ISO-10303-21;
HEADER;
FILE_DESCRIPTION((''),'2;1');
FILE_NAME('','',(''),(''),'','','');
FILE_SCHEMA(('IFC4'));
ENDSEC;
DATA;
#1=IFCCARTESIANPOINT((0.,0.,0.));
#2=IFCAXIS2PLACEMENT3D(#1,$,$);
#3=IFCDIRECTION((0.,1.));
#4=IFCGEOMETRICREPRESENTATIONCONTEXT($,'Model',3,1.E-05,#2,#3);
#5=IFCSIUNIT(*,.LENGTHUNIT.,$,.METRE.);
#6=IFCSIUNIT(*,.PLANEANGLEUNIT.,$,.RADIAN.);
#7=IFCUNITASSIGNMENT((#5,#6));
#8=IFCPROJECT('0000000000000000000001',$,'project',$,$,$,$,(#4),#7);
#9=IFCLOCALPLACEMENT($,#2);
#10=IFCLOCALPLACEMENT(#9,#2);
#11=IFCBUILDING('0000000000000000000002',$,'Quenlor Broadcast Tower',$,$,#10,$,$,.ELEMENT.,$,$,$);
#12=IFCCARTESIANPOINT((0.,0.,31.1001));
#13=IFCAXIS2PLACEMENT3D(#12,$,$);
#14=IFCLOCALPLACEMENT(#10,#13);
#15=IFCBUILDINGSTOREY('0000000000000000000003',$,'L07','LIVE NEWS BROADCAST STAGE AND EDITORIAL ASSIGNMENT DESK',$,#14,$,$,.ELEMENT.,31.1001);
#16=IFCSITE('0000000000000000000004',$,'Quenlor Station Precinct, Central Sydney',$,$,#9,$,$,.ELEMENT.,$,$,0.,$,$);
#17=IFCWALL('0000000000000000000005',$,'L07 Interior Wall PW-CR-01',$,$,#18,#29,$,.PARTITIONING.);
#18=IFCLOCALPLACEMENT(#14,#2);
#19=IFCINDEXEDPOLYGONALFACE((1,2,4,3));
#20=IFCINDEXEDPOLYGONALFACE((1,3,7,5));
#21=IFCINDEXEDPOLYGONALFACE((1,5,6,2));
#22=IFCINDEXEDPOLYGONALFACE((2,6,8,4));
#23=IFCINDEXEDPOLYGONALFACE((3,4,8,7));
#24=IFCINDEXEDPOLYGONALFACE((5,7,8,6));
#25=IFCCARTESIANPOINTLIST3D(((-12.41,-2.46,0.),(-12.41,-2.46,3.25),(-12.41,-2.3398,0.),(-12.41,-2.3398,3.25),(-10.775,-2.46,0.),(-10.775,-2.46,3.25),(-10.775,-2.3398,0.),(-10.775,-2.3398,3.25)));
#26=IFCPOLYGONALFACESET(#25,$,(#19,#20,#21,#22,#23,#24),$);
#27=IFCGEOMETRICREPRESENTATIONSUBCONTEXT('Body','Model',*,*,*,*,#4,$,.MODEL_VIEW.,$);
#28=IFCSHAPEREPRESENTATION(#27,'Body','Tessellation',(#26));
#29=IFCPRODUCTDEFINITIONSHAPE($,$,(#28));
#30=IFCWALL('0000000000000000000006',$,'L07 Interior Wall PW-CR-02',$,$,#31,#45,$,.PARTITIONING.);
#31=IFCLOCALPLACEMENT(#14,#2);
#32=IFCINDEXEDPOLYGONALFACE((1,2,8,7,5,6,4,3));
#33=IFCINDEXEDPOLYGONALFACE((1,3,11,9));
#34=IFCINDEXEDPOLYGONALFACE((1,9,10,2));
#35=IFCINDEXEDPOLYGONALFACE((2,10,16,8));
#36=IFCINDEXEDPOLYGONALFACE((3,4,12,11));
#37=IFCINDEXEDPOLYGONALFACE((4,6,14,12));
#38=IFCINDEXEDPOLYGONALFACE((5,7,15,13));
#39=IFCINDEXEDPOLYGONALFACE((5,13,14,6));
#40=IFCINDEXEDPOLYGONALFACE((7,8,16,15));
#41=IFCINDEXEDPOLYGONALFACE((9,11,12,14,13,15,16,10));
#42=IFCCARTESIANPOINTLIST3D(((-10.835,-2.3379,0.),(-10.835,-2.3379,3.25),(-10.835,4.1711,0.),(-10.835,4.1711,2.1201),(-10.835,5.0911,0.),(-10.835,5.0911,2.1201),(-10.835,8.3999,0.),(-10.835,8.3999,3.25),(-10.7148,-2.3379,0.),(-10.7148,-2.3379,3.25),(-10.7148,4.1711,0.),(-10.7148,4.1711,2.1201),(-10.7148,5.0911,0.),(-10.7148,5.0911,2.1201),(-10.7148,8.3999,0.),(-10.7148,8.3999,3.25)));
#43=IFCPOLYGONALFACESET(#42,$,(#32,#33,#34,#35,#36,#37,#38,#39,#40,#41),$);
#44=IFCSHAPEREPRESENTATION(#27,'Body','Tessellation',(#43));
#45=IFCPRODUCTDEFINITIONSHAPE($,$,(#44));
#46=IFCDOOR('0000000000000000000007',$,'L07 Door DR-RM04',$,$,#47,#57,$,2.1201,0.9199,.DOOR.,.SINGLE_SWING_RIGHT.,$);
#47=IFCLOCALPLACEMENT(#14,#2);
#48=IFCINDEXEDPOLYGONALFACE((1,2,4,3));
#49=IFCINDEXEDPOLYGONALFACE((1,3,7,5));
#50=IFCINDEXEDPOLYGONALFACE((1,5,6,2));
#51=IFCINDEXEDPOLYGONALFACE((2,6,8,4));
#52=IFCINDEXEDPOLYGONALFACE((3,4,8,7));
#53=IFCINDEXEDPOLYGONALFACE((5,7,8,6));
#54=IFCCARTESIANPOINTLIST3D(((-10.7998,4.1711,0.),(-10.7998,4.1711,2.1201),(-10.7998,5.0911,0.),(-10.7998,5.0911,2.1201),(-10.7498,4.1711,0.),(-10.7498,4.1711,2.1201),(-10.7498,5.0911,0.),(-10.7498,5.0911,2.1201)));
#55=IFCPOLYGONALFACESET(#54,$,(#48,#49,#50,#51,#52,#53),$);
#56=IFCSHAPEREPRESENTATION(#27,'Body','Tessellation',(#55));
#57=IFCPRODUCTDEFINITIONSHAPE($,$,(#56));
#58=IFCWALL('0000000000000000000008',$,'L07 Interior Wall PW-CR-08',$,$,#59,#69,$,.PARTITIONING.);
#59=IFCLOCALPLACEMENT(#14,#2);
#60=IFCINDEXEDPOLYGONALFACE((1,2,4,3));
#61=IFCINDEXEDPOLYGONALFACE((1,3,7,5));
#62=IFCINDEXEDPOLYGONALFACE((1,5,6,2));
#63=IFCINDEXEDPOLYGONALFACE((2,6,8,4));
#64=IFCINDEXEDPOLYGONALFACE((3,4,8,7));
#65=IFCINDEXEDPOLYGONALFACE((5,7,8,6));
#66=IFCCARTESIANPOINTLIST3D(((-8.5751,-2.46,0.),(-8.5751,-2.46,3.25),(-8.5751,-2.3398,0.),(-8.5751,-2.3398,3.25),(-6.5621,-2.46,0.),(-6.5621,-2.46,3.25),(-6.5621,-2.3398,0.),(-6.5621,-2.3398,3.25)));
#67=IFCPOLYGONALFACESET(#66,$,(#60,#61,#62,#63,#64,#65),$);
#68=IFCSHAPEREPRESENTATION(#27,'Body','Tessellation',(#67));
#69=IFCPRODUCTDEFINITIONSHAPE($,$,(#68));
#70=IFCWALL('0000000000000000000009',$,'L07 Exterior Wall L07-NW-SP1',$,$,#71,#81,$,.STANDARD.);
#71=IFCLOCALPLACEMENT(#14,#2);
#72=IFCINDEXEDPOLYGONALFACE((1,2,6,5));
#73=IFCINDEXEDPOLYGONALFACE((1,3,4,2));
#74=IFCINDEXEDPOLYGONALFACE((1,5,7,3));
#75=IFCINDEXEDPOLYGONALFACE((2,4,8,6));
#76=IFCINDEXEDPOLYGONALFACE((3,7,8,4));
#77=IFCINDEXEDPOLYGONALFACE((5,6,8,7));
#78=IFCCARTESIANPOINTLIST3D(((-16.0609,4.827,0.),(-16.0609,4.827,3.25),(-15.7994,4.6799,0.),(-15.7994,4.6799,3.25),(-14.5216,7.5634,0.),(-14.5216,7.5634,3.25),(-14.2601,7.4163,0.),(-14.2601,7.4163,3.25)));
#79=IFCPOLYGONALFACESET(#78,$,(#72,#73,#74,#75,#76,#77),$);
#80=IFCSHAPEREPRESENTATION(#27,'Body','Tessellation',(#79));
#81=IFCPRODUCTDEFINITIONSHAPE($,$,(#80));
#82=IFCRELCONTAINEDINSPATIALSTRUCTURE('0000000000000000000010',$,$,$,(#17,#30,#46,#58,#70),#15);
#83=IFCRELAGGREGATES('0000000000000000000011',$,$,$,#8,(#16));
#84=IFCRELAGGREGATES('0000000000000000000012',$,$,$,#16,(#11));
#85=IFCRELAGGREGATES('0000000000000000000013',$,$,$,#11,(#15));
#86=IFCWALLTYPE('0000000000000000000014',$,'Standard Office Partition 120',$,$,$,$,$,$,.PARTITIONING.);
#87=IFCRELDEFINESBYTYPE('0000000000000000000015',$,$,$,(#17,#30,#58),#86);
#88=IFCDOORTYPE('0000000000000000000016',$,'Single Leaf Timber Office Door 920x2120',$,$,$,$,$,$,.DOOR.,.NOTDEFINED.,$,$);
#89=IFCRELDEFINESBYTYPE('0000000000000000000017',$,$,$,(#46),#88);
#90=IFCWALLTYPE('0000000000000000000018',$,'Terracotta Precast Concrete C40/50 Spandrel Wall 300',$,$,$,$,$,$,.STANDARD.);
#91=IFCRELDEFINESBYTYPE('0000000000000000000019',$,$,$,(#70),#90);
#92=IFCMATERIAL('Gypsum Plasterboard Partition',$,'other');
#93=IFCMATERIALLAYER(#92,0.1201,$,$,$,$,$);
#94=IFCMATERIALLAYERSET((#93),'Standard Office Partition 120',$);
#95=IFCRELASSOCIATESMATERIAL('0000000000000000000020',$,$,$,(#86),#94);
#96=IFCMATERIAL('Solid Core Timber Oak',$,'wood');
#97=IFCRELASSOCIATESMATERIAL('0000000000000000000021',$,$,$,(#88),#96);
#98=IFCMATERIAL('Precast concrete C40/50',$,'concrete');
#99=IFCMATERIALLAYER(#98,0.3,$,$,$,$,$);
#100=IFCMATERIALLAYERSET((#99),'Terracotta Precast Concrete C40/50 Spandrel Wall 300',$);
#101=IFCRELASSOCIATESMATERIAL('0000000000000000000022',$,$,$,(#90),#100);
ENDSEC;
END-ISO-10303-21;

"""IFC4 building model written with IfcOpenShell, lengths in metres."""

from ifc_helpers import new_model, si_unit, direction, frame, frame_2d, origin, place, context, subcontext, project, spatial, rectangle, extrude, material, layer, layer_set, type_object, element, fill, save


model = new_model("IFC4")

# Units and contexts
model_context = context("Model", 3, precision=1e-05, world=origin(), true_north=direction((0.0, 1.0)))
body_context = subcontext(model_context, "Body", "Model", "MODEL_VIEW")
ifc_project = project(units=[si_unit("LENGTHUNIT", "METRE"), si_unit("PLANEANGLEUNIT", "RADIAN")], contexts=[model_context])

# Site, building, storey
site_placement = place(None, origin())
site = spatial("IfcSite", under=ifc_project, at=site_placement, Name="Quenlor Station Precinct, Central Sydney", CompositionType="ELEMENT", RefElevation=0.0)
building_placement = place(site_placement, origin())
building = spatial("IfcBuilding", under=site, at=building_placement, Name="Quenlor Broadcast Tower", CompositionType="ELEMENT")
storey_placement = place(building_placement, frame((0.0, 0.0, 31.1001)))
storey = spatial("IfcBuildingStorey", under=building, at=storey_placement, Name="L07", Description="LIVE NEWS BROADCAST STAGE AND EDITORIAL ASSIGNMENT DESK", CompositionType="ELEMENT", Elevation=31.1001)

# Shared definitions
ifc_material_1 = material(Name="Gypsum Plasterboard Partition", Category="other")
ifc_layer_1 = layer(ifc_material_1, 0.1201)
ifc_layer_set_1 = layer_set([ifc_layer_1], Name="Standard Office Partition 120")
wall_type_1 = type_object("IfcWallType", Name="Standard Office Partition 120", PredefinedType="PARTITIONING", material=ifc_layer_set_1)

# Wall
wall_1_placement = place(storey_placement, frame((-12.4099, -2.3999, 0.0), z_axis=(0.0, 0.0, 1.0), x_axis=(1.0, 0.0, 0.0)))
element("IfcWall", 1, at=wall_1_placement, inside=storey, type_object=wall_type_1, Name="L07 Interior Wall PW-CR-01", PredefinedType="PARTITIONING", context=body_context, shape_type="SweptSolid", body=[
    extrude(rectangle(XDim=1.635, YDim=0.1201, at=frame_2d((0.8174, 0.0))), origin(), (0.0, 0.0, 1.0), 3.25),
])

# Wall, opening, door
wall_2_placement = place(storey_placement, frame((-10.7749, -2.3379, 0.0), z_axis=(0.0, 0.0, 1.0), x_axis=(0.0, 1.0, 0.0)))
wall_2 = element("IfcWall", 2, at=wall_2_placement, inside=storey, type_object=wall_type_1, Name="L07 Interior Wall PW-CR-02", PredefinedType="PARTITIONING", context=body_context, shape_type="SweptSolid", body=[
    extrude(rectangle(XDim=10.7378, YDim=0.1201, at=frame_2d((5.3689, 0.0))), origin(), (0.0, 0.0, 1.0), 3.25),
])
opening_1_placement = place(wall_2_placement, frame((6.509, 0.0, 0.0)))
opening_1 = element("IfcOpeningElement", 3, at=opening_1_placement, cuts=wall_2, PredefinedType="OPENING", context=body_context, shape_type="SweptSolid", body=[
    extrude(rectangle(XDim=0.9199, YDim=2.1201, at=frame_2d((0.46, 1.0601))), frame((0.0, 0.0701, 0.0), z_axis=(0.0, -1.0, 0.0), x_axis=(1.0, 0.0, 0.0)), (0.0, 0.0, 1.0), 0.1401),
])
ifc_material_2 = material(Name="Solid Core Timber Oak", Category="wood")
door_type_1 = type_object("IfcDoorType", Name="Single Leaf Timber Office Door 920x2120", OperationType="NOTDEFINED", PredefinedType="DOOR", material=ifc_material_2)
door_1_placement = place(opening_1_placement, origin())
door_1 = element("IfcDoor", 4, at=door_1_placement, inside=storey, type_object=door_type_1, Name="L07 Door DR-RM04", OperationType="SINGLE_SWING_RIGHT", OverallHeight=2.1201, OverallWidth=0.9199, PredefinedType="DOOR", context=body_context, shape_type="SweptSolid", body=[
    extrude(rectangle(XDim=0.9199, YDim=2.1201, at=frame_2d((0.46, 1.0601))), frame((0.0, 0.0249, 0.0), z_axis=(0.0, -1.0, 0.0), x_axis=(1.0, 0.0, 0.0)), (0.0, 0.0, 1.0), 0.05),
])
fill(opening_1, door_1)

# Walls
wall_3_placement = place(storey_placement, frame((-8.575, -2.3999, 0.0), z_axis=(0.0, 0.0, 1.0), x_axis=(1.0, 0.0, 0.0)))
element("IfcWall", 5, at=wall_3_placement, inside=storey, type_object=wall_type_1, Name="L07 Interior Wall PW-CR-08", PredefinedType="PARTITIONING", context=body_context, shape_type="SweptSolid", body=[
    extrude(rectangle(XDim=2.0129, YDim=0.1201, at=frame_2d((1.0063, 0.0))), origin(), (0.0, 0.0, 1.0), 3.25),
])
ifc_material_3 = material(Name="Precast concrete C40/50", Category="concrete")
ifc_layer_2 = layer(ifc_material_3, 0.3)
ifc_layer_set_2 = layer_set([ifc_layer_2], Name="Terracotta Precast Concrete C40/50 Spandrel Wall 300")
wall_type_2 = type_object("IfcWallType", Name="Terracotta Precast Concrete C40/50 Spandrel Wall 300", PredefinedType="STANDARD", material=ifc_layer_set_2)
wall_4_placement = place(storey_placement, frame((-15.9302, 4.7534, 0.0), z_axis=(0.0, 0.0, 1.0), x_axis=(0.490291, 0.871559, 0.0)))
element("IfcWall", 6, at=wall_4_placement, inside=storey, type_object=wall_type_2, Name="L07 Exterior Wall L07-NW-SP1", PredefinedType="STANDARD", context=body_context, shape_type="SweptSolid", body=[
    extrude(rectangle(XDim=3.1396, YDim=0.3, at=frame_2d((1.5698, 0.0))), origin(), (0.0, 0.0, 1.0), 3.25),
])

save(model, "model.ifc")
